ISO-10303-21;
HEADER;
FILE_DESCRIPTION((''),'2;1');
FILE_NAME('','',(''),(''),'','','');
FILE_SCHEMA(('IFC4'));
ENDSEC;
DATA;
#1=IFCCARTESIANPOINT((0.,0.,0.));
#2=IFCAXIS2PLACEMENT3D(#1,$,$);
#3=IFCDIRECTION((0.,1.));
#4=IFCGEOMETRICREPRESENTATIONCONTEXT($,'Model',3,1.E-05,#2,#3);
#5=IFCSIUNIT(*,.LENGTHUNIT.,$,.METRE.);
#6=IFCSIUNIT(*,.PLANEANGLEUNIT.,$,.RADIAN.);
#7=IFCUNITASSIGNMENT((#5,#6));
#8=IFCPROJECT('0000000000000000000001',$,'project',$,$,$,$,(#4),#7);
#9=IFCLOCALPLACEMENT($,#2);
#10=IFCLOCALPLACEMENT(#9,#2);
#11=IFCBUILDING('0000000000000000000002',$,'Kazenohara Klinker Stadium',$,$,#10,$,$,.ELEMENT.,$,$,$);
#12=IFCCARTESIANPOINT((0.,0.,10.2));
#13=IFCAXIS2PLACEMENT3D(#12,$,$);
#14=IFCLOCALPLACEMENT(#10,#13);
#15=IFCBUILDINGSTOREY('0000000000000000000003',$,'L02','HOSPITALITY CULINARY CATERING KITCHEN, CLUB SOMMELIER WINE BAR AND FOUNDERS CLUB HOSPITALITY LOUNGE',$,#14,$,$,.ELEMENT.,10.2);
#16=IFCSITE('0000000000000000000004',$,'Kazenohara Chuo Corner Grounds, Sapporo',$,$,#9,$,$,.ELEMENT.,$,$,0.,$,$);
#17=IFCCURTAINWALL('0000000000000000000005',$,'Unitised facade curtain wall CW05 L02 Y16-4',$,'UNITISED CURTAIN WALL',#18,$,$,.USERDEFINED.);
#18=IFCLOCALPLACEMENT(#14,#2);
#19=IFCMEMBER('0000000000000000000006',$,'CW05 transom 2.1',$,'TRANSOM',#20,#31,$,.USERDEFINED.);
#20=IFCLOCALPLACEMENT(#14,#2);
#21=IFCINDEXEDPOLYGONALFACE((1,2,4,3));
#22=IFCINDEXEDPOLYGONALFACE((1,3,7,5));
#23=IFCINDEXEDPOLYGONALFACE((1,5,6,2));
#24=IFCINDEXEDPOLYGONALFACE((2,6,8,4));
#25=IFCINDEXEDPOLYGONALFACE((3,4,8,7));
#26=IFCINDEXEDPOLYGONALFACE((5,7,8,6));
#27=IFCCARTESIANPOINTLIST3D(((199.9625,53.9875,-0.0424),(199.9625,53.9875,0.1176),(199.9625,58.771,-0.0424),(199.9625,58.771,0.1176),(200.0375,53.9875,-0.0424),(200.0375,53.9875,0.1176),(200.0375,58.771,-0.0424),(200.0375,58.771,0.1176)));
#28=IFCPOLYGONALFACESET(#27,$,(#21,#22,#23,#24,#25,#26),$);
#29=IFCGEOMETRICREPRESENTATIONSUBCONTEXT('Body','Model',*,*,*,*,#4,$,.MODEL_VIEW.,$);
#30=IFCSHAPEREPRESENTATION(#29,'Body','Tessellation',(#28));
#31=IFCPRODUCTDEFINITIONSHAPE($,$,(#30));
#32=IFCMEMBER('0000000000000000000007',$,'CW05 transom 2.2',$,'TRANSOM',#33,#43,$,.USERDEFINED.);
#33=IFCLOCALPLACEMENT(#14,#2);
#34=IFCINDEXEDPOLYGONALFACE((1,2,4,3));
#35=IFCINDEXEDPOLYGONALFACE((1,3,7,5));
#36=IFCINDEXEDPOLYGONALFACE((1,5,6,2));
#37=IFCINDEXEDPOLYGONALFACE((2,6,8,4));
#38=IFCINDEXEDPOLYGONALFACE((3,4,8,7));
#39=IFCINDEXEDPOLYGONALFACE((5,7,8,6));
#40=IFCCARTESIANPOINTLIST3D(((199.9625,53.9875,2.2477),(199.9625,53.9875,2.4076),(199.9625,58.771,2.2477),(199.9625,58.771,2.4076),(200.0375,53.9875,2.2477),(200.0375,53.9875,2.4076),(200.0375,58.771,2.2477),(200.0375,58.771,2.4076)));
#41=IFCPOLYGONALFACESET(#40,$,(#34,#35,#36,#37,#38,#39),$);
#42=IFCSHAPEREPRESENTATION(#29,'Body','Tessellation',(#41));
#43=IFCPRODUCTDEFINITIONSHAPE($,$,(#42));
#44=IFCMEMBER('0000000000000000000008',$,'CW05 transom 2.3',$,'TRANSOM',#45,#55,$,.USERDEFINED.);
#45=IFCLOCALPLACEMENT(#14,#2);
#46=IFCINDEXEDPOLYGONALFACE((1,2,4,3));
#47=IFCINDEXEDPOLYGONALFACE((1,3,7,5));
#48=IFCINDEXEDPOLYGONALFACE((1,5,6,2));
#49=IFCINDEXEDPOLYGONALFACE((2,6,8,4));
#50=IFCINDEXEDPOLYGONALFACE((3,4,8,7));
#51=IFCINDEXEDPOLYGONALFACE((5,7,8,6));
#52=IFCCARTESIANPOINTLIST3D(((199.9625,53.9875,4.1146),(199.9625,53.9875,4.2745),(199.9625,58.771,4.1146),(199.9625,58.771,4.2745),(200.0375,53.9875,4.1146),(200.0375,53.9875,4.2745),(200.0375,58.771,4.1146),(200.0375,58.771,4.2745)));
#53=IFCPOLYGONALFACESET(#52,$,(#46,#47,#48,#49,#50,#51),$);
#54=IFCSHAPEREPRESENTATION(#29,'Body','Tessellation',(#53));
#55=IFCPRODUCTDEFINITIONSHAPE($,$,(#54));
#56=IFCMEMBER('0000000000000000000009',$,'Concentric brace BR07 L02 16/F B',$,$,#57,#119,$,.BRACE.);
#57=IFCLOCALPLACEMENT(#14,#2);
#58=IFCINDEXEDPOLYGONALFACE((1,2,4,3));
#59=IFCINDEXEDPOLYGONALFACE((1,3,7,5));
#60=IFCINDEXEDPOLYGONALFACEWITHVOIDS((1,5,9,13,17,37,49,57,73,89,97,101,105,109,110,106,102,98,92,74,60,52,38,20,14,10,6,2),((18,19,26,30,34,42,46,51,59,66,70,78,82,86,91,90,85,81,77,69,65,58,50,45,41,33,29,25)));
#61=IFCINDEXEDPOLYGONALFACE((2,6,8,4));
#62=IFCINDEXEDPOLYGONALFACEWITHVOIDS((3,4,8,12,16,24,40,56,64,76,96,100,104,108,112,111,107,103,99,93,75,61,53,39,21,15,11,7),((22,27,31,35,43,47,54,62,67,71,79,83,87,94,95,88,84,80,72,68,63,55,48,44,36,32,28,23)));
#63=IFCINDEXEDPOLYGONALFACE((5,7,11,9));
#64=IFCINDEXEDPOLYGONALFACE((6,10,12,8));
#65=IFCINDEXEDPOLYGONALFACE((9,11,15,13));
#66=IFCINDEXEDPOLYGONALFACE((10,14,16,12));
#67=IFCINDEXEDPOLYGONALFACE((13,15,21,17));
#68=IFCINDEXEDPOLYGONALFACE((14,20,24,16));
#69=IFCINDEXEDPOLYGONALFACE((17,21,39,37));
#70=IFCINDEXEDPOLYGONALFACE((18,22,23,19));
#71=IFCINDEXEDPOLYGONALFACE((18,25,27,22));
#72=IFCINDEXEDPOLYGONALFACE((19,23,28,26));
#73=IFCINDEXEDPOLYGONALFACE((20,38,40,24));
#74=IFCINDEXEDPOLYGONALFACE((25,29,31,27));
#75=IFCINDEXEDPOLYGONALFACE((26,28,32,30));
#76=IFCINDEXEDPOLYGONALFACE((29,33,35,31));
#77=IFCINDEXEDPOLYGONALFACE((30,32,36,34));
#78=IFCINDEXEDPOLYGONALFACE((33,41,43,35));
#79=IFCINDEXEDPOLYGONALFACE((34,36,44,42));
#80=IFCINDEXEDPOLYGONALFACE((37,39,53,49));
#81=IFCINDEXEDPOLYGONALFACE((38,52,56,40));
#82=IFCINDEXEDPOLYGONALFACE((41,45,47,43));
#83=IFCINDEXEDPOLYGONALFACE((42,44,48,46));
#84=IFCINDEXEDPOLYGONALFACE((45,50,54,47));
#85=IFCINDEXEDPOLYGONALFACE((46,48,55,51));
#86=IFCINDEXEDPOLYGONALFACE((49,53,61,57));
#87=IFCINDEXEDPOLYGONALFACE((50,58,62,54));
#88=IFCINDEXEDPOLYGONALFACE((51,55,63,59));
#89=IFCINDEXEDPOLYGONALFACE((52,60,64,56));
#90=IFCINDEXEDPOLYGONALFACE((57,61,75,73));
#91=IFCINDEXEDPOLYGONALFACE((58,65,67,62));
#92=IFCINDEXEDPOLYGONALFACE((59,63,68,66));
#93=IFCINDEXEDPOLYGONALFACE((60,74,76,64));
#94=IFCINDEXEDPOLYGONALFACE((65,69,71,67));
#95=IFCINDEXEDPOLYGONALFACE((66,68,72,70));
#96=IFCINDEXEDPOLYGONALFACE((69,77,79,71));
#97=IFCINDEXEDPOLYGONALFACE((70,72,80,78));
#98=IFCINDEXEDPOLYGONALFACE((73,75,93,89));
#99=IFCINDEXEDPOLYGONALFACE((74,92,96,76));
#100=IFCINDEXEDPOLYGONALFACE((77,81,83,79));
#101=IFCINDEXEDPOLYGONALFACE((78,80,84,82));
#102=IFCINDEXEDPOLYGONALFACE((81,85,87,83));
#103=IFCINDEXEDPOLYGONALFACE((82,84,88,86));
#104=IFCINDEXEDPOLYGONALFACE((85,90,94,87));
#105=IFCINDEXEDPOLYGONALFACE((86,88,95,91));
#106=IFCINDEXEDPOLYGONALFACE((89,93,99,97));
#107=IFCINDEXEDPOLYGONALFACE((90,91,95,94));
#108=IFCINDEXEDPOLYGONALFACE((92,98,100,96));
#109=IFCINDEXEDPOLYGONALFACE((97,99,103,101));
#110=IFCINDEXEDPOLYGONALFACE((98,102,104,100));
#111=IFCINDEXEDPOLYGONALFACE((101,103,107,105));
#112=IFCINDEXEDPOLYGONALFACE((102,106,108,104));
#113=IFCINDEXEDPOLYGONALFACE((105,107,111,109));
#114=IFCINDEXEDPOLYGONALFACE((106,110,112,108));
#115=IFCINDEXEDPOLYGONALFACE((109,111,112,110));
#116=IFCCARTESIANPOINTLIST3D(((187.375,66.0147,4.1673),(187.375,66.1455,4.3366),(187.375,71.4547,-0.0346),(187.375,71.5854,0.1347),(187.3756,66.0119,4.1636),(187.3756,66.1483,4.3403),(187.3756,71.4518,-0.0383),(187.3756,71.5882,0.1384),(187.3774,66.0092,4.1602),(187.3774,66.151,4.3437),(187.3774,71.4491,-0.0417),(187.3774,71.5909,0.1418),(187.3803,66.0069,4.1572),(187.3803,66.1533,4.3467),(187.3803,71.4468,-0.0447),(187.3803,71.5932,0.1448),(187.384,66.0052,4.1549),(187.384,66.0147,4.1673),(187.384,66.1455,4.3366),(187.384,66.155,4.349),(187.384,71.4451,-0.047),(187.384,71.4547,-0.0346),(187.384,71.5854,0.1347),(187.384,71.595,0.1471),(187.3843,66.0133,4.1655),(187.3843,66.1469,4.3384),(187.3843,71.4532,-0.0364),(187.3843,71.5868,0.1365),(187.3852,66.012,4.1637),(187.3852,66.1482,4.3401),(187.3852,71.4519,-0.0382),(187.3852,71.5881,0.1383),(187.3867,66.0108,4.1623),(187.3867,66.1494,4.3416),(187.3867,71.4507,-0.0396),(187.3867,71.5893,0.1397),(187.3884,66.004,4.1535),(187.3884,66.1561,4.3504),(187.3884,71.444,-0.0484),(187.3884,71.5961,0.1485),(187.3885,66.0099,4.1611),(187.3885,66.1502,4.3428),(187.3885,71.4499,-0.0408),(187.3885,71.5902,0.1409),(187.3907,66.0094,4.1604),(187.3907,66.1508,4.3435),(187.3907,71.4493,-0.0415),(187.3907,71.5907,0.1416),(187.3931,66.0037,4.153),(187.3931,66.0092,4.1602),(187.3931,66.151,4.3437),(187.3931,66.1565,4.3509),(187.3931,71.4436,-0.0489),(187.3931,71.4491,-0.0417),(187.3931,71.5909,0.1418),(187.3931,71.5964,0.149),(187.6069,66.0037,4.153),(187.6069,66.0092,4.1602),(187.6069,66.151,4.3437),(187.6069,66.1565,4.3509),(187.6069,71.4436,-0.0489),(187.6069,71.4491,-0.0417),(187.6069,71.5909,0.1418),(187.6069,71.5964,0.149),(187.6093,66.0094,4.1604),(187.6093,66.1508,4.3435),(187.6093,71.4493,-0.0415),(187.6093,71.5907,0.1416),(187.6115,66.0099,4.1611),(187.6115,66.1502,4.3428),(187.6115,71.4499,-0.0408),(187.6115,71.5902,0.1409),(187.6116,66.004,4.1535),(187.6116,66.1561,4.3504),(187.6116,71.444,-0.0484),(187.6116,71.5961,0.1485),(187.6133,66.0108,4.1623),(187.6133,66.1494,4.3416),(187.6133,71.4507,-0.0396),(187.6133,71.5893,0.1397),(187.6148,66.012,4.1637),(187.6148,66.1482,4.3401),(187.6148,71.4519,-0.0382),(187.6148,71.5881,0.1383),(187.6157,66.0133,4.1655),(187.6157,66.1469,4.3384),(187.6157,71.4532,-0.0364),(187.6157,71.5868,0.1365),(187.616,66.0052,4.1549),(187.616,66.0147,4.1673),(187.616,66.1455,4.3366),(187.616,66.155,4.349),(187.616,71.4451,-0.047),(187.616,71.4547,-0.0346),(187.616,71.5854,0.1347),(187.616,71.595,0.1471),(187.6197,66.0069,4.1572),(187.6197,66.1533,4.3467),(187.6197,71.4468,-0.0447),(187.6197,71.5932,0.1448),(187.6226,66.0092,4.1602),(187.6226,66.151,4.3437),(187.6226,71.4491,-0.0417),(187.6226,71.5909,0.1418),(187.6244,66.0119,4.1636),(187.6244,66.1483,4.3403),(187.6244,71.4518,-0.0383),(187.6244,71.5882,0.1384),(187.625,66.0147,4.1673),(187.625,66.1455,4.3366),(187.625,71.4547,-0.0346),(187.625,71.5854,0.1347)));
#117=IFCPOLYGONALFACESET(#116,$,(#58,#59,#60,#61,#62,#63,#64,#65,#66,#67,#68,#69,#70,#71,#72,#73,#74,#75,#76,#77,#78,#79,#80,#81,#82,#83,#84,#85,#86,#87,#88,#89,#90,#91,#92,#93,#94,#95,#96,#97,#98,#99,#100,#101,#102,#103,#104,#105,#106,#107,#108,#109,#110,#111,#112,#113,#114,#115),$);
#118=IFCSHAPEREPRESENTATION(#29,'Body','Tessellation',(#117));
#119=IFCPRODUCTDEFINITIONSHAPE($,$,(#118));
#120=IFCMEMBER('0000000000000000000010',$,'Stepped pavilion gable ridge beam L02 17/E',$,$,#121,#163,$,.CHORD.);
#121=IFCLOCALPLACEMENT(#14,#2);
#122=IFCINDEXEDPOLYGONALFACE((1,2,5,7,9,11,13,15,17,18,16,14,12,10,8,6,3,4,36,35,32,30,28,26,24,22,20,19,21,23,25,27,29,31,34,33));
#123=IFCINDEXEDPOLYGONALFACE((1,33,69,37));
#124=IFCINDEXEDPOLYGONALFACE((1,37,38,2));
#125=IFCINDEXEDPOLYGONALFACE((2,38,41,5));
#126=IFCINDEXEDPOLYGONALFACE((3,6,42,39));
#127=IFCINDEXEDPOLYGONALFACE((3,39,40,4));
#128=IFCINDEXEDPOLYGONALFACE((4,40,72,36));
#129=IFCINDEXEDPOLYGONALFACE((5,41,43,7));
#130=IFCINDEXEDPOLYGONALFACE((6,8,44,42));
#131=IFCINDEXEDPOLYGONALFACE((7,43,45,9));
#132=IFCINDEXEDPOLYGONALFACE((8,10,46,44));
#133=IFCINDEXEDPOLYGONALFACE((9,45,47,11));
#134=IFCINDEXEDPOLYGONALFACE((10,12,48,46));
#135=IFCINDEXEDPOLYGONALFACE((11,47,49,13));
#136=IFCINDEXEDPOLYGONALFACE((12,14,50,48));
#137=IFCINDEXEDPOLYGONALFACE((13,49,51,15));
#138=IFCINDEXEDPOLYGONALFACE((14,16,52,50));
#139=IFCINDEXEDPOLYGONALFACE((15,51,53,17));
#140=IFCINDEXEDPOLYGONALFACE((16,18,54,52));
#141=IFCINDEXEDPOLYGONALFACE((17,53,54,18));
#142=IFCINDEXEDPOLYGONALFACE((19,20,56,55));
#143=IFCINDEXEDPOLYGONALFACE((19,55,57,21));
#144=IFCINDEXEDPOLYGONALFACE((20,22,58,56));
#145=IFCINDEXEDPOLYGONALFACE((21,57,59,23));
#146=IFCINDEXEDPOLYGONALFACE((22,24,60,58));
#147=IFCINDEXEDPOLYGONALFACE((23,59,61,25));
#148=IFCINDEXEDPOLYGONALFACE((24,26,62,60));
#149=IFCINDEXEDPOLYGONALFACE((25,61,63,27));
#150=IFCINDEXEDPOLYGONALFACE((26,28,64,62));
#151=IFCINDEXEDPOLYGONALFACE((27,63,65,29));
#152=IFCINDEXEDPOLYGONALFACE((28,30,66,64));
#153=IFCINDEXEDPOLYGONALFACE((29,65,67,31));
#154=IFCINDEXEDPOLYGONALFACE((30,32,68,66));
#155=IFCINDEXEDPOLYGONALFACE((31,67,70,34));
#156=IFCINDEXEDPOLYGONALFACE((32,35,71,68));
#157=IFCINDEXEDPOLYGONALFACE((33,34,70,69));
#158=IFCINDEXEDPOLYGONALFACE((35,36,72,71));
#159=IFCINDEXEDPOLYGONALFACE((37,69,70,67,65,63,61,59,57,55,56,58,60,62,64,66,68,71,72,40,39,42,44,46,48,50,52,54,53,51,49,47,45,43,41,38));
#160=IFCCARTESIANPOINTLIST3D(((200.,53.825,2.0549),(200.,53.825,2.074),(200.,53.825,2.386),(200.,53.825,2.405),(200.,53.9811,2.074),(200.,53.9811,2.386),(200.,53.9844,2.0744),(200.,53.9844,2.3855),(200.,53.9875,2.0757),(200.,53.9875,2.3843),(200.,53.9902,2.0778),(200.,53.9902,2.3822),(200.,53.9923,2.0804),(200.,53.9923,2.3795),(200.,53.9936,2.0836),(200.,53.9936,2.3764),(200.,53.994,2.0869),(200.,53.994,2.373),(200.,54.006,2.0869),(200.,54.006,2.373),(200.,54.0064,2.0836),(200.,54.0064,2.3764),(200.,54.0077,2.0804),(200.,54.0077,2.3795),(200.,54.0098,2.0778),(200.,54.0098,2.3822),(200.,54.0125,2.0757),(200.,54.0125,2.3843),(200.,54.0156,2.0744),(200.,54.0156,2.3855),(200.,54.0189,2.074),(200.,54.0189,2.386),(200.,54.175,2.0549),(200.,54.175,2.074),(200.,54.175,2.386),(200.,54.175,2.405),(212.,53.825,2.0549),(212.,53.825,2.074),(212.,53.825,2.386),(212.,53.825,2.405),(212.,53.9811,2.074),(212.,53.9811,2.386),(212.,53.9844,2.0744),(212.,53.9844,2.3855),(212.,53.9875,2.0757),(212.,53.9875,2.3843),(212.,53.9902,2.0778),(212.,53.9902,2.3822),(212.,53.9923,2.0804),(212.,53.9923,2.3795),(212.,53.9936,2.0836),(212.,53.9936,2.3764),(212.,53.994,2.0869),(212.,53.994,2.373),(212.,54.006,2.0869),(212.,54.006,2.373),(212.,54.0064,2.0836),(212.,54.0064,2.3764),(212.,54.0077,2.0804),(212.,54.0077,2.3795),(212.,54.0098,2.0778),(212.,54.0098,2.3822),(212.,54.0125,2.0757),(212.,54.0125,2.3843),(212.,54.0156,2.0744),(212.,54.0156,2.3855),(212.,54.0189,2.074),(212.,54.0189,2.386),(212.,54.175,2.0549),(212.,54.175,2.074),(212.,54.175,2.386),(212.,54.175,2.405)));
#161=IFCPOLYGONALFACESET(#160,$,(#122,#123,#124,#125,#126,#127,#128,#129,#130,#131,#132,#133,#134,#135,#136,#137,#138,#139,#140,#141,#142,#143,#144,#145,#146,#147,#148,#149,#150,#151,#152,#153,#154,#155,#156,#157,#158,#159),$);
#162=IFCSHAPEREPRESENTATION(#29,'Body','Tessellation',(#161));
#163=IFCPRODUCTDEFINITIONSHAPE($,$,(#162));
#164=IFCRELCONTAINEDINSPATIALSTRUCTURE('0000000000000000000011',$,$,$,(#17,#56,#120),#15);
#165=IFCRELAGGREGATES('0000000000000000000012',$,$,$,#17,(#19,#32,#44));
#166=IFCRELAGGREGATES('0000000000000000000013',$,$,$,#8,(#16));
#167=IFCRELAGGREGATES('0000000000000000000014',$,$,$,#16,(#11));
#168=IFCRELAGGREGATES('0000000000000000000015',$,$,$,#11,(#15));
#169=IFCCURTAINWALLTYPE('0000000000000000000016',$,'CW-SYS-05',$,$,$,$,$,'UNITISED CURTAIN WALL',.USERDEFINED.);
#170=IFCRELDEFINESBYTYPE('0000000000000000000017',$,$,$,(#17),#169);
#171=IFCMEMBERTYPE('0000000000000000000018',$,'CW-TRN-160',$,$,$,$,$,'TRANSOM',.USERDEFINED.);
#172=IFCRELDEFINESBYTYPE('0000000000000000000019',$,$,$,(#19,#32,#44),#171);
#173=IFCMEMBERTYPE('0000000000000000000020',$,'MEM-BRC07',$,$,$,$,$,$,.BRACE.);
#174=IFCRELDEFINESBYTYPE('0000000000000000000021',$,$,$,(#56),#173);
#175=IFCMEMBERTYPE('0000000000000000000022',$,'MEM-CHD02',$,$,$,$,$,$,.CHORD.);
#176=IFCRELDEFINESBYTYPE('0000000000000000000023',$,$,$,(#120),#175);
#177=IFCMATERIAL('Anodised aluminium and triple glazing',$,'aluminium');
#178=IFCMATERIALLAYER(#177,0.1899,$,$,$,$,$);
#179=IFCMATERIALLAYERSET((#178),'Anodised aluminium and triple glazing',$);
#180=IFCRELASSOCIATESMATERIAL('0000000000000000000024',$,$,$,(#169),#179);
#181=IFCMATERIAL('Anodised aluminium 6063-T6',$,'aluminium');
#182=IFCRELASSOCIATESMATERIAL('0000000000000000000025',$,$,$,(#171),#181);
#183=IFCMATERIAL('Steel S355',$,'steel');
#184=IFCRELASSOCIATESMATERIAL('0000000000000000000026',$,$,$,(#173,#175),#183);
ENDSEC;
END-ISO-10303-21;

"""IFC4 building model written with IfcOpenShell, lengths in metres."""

from ifc_helpers import new_model, si_unit, direction, frame, origin, origin_2d, place, context, subcontext, project, spatial, rectangle, hollow_rectangle, i_section, extrude, material, layer, layer_set, material_profile, profile_set, type_object, element, aggregate, save


model = new_model("IFC4")

# Units and contexts
model_context = context("Model", 3, precision=1e-05, world=origin(), true_north=direction((0.0, 1.0)))
body_context = subcontext(model_context, "Body", "Model", "MODEL_VIEW")
ifc_project = project(units=[si_unit("LENGTHUNIT", "METRE"), si_unit("PLANEANGLEUNIT", "RADIAN")], contexts=[model_context])

# Site, building, storey
site_placement = place(None, origin())
site = spatial("IfcSite", under=ifc_project, at=site_placement, Name="Kazenohara Chuo Corner Grounds, Sapporo", CompositionType="ELEMENT", RefElevation=0.0)
building_placement = place(site_placement, origin())
building = spatial("IfcBuilding", under=site, at=building_placement, Name="Kazenohara Klinker Stadium", CompositionType="ELEMENT")
storey_placement = place(building_placement, frame((0.0, 0.0, 10.2)))
storey = spatial("IfcBuildingStorey", under=building, at=storey_placement, Name="L02", Description="HOSPITALITY CULINARY CATERING KITCHEN, CLUB SOMMELIER WINE BAR AND FOUNDERS CLUB HOSPITALITY LOUNGE", CompositionType="ELEMENT", Elevation=10.2)

# Shared definitions
ifc_material_1 = material(Name="Steel S355", Category="steel")

# Curtain wall, members
ifc_material_2 = material(Name="Anodised aluminium and triple glazing", Category="aluminium")
ifc_layer_1 = layer(ifc_material_2, 0.1899)
ifc_layer_set_1 = layer_set([ifc_layer_1], Name="Anodised aluminium and triple glazing")
curtain_wall_type = type_object("IfcCurtainWallType", Name="CW-SYS-05", ElementType="UNITISED CURTAIN WALL", PredefinedType="USERDEFINED", material=ifc_layer_set_1)
curtain_wall_placement = place(storey_placement, origin())
curtain_wall = element("IfcCurtainWall", 1, at=curtain_wall_placement, inside=storey, type_object=curtain_wall_type, Name="Unitised facade curtain wall CW05 L02 Y16-4", ObjectType="UNITISED CURTAIN WALL", PredefinedType="USERDEFINED")
ifc_material_3 = material(Name="Anodised aluminium 6063-T6", Category="aluminium")
ifc_material_profile_1 = material_profile(ifc_material_3, rectangle(XDim=0.075, YDim=0.1599, at=origin_2d()), Name="ALU-TRN-75x160")
ifc_profile_set_1 = profile_set([ifc_material_profile_1], Name="Anodised aluminium 6063-T6")
member_type_1 = type_object("IfcMemberType", Name="CW-TRN-160", ElementType="TRANSOM", PredefinedType="USERDEFINED", material=ifc_profile_set_1)
member_1_placement = place(storey_placement, frame((200.0, 53.9875, 0.0376), z_axis=(0.0, 1.0, 0.0), x_axis=(-1.0, 0.0, 0.0)))
member_1 = element("IfcMember", 2, at=member_1_placement, type_object=member_type_1, Name="CW05 transom 2.1", ObjectType="TRANSOM", PredefinedType="USERDEFINED", context=body_context, shape_type="SweptSolid", body=[
    extrude(rectangle(XDim=0.075, YDim=0.1599, at=origin_2d()), origin(), (0.0, 0.0, 1.0), 4.7834),
])
member_2_placement = place(storey_placement, frame((200.0, 53.9875, 2.3276), z_axis=(0.0, 1.0, 0.0), x_axis=(-1.0, 0.0, 0.0)))
member_2 = element("IfcMember", 3, at=member_2_placement, type_object=member_type_1, Name="CW05 transom 2.2", ObjectType="TRANSOM", PredefinedType="USERDEFINED", context=body_context, shape_type="SweptSolid", body=[
    extrude(rectangle(XDim=0.075, YDim=0.1599, at=origin_2d()), origin(), (0.0, 0.0, 1.0), 4.7834),
])
member_3_placement = place(storey_placement, frame((200.0, 53.9875, 4.1946), z_axis=(0.0, 1.0, 0.0), x_axis=(-1.0, 0.0, 0.0)))
member_3 = element("IfcMember", 4, at=member_3_placement, type_object=member_type_1, Name="CW05 transom 2.3", ObjectType="TRANSOM", PredefinedType="USERDEFINED", context=body_context, shape_type="SweptSolid", body=[
    extrude(rectangle(XDim=0.075, YDim=0.1599, at=origin_2d()), origin(), (0.0, 0.0, 1.0), 4.7834),
])

# Members
ifc_material_profile_2 = material_profile(ifc_material_1, hollow_rectangle(XDim=0.25, YDim=0.25, WallThickness=0.009, InnerFilletRadius=0.009, OuterFilletRadius=0.0181, at=origin_2d()), Name="SHS-250x250x9")
ifc_profile_set_2 = profile_set([ifc_material_profile_2], Name="Steel S355")
member_type_2 = type_object("IfcMemberType", Name="MEM-BRC07", PredefinedType="BRACE", material=ifc_profile_set_2)
member_4_placement = place(storey_placement, frame((187.5, 71.52, 0.05), z_axis=(0.0, -0.791404, 0.611294), x_axis=(1.0, 0.0, 0.0)))
element("IfcMember", 5, at=member_4_placement, inside=storey, type_object=member_type_2, Name="Concentric brace BR07 L02 16/F B", PredefinedType="BRACE", context=body_context, shape_type="SweptSolid", body=[
    extrude(hollow_rectangle(XDim=0.25, YDim=0.25, WallThickness=0.009, InnerFilletRadius=0.009, OuterFilletRadius=0.0181, at=origin_2d()), origin(), (0.0, 0.0, 1.0), 6.8738),
])
ifc_material_profile_3 = material_profile(ifc_material_1, i_section(OverallWidth=0.3501, OverallDepth=0.3501, WebThickness=0.012, FlangeThickness=0.019, FilletRadius=0.0129, at=origin_2d()), Name="H-350x350x12x19")
ifc_profile_set_3 = profile_set([ifc_material_profile_3], Name="Steel S355")
member_type_3 = type_object("IfcMemberType", Name="MEM-CHD02", PredefinedType="CHORD", material=ifc_profile_set_3)
for number, where, z_axis, x_axis, name in (
    (6, (200.0, 54.0, 2.23), (1.0, 0.0, 0.0), (0.0, 1.0, 0.0), "Stepped pavilion gable ridge beam L02 17/E"),
):
    element("IfcMember", number, at=place(storey_placement, frame(where, z_axis=z_axis, x_axis=x_axis)), inside=storey, type_object=member_type_3, Name=name, PredefinedType="CHORD", context=body_context, shape_type="SweptSolid", body=[
        extrude(i_section(OverallWidth=0.3501, OverallDepth=0.3501, WebThickness=0.012, FlangeThickness=0.019, FilletRadius=0.0129, at=origin_2d()), origin(), (0.0, 0.0, 1.0), 12.0),
    ])

aggregate(curtain_wall, [member_1, member_2, member_3])

save(model, "model.ifc")
